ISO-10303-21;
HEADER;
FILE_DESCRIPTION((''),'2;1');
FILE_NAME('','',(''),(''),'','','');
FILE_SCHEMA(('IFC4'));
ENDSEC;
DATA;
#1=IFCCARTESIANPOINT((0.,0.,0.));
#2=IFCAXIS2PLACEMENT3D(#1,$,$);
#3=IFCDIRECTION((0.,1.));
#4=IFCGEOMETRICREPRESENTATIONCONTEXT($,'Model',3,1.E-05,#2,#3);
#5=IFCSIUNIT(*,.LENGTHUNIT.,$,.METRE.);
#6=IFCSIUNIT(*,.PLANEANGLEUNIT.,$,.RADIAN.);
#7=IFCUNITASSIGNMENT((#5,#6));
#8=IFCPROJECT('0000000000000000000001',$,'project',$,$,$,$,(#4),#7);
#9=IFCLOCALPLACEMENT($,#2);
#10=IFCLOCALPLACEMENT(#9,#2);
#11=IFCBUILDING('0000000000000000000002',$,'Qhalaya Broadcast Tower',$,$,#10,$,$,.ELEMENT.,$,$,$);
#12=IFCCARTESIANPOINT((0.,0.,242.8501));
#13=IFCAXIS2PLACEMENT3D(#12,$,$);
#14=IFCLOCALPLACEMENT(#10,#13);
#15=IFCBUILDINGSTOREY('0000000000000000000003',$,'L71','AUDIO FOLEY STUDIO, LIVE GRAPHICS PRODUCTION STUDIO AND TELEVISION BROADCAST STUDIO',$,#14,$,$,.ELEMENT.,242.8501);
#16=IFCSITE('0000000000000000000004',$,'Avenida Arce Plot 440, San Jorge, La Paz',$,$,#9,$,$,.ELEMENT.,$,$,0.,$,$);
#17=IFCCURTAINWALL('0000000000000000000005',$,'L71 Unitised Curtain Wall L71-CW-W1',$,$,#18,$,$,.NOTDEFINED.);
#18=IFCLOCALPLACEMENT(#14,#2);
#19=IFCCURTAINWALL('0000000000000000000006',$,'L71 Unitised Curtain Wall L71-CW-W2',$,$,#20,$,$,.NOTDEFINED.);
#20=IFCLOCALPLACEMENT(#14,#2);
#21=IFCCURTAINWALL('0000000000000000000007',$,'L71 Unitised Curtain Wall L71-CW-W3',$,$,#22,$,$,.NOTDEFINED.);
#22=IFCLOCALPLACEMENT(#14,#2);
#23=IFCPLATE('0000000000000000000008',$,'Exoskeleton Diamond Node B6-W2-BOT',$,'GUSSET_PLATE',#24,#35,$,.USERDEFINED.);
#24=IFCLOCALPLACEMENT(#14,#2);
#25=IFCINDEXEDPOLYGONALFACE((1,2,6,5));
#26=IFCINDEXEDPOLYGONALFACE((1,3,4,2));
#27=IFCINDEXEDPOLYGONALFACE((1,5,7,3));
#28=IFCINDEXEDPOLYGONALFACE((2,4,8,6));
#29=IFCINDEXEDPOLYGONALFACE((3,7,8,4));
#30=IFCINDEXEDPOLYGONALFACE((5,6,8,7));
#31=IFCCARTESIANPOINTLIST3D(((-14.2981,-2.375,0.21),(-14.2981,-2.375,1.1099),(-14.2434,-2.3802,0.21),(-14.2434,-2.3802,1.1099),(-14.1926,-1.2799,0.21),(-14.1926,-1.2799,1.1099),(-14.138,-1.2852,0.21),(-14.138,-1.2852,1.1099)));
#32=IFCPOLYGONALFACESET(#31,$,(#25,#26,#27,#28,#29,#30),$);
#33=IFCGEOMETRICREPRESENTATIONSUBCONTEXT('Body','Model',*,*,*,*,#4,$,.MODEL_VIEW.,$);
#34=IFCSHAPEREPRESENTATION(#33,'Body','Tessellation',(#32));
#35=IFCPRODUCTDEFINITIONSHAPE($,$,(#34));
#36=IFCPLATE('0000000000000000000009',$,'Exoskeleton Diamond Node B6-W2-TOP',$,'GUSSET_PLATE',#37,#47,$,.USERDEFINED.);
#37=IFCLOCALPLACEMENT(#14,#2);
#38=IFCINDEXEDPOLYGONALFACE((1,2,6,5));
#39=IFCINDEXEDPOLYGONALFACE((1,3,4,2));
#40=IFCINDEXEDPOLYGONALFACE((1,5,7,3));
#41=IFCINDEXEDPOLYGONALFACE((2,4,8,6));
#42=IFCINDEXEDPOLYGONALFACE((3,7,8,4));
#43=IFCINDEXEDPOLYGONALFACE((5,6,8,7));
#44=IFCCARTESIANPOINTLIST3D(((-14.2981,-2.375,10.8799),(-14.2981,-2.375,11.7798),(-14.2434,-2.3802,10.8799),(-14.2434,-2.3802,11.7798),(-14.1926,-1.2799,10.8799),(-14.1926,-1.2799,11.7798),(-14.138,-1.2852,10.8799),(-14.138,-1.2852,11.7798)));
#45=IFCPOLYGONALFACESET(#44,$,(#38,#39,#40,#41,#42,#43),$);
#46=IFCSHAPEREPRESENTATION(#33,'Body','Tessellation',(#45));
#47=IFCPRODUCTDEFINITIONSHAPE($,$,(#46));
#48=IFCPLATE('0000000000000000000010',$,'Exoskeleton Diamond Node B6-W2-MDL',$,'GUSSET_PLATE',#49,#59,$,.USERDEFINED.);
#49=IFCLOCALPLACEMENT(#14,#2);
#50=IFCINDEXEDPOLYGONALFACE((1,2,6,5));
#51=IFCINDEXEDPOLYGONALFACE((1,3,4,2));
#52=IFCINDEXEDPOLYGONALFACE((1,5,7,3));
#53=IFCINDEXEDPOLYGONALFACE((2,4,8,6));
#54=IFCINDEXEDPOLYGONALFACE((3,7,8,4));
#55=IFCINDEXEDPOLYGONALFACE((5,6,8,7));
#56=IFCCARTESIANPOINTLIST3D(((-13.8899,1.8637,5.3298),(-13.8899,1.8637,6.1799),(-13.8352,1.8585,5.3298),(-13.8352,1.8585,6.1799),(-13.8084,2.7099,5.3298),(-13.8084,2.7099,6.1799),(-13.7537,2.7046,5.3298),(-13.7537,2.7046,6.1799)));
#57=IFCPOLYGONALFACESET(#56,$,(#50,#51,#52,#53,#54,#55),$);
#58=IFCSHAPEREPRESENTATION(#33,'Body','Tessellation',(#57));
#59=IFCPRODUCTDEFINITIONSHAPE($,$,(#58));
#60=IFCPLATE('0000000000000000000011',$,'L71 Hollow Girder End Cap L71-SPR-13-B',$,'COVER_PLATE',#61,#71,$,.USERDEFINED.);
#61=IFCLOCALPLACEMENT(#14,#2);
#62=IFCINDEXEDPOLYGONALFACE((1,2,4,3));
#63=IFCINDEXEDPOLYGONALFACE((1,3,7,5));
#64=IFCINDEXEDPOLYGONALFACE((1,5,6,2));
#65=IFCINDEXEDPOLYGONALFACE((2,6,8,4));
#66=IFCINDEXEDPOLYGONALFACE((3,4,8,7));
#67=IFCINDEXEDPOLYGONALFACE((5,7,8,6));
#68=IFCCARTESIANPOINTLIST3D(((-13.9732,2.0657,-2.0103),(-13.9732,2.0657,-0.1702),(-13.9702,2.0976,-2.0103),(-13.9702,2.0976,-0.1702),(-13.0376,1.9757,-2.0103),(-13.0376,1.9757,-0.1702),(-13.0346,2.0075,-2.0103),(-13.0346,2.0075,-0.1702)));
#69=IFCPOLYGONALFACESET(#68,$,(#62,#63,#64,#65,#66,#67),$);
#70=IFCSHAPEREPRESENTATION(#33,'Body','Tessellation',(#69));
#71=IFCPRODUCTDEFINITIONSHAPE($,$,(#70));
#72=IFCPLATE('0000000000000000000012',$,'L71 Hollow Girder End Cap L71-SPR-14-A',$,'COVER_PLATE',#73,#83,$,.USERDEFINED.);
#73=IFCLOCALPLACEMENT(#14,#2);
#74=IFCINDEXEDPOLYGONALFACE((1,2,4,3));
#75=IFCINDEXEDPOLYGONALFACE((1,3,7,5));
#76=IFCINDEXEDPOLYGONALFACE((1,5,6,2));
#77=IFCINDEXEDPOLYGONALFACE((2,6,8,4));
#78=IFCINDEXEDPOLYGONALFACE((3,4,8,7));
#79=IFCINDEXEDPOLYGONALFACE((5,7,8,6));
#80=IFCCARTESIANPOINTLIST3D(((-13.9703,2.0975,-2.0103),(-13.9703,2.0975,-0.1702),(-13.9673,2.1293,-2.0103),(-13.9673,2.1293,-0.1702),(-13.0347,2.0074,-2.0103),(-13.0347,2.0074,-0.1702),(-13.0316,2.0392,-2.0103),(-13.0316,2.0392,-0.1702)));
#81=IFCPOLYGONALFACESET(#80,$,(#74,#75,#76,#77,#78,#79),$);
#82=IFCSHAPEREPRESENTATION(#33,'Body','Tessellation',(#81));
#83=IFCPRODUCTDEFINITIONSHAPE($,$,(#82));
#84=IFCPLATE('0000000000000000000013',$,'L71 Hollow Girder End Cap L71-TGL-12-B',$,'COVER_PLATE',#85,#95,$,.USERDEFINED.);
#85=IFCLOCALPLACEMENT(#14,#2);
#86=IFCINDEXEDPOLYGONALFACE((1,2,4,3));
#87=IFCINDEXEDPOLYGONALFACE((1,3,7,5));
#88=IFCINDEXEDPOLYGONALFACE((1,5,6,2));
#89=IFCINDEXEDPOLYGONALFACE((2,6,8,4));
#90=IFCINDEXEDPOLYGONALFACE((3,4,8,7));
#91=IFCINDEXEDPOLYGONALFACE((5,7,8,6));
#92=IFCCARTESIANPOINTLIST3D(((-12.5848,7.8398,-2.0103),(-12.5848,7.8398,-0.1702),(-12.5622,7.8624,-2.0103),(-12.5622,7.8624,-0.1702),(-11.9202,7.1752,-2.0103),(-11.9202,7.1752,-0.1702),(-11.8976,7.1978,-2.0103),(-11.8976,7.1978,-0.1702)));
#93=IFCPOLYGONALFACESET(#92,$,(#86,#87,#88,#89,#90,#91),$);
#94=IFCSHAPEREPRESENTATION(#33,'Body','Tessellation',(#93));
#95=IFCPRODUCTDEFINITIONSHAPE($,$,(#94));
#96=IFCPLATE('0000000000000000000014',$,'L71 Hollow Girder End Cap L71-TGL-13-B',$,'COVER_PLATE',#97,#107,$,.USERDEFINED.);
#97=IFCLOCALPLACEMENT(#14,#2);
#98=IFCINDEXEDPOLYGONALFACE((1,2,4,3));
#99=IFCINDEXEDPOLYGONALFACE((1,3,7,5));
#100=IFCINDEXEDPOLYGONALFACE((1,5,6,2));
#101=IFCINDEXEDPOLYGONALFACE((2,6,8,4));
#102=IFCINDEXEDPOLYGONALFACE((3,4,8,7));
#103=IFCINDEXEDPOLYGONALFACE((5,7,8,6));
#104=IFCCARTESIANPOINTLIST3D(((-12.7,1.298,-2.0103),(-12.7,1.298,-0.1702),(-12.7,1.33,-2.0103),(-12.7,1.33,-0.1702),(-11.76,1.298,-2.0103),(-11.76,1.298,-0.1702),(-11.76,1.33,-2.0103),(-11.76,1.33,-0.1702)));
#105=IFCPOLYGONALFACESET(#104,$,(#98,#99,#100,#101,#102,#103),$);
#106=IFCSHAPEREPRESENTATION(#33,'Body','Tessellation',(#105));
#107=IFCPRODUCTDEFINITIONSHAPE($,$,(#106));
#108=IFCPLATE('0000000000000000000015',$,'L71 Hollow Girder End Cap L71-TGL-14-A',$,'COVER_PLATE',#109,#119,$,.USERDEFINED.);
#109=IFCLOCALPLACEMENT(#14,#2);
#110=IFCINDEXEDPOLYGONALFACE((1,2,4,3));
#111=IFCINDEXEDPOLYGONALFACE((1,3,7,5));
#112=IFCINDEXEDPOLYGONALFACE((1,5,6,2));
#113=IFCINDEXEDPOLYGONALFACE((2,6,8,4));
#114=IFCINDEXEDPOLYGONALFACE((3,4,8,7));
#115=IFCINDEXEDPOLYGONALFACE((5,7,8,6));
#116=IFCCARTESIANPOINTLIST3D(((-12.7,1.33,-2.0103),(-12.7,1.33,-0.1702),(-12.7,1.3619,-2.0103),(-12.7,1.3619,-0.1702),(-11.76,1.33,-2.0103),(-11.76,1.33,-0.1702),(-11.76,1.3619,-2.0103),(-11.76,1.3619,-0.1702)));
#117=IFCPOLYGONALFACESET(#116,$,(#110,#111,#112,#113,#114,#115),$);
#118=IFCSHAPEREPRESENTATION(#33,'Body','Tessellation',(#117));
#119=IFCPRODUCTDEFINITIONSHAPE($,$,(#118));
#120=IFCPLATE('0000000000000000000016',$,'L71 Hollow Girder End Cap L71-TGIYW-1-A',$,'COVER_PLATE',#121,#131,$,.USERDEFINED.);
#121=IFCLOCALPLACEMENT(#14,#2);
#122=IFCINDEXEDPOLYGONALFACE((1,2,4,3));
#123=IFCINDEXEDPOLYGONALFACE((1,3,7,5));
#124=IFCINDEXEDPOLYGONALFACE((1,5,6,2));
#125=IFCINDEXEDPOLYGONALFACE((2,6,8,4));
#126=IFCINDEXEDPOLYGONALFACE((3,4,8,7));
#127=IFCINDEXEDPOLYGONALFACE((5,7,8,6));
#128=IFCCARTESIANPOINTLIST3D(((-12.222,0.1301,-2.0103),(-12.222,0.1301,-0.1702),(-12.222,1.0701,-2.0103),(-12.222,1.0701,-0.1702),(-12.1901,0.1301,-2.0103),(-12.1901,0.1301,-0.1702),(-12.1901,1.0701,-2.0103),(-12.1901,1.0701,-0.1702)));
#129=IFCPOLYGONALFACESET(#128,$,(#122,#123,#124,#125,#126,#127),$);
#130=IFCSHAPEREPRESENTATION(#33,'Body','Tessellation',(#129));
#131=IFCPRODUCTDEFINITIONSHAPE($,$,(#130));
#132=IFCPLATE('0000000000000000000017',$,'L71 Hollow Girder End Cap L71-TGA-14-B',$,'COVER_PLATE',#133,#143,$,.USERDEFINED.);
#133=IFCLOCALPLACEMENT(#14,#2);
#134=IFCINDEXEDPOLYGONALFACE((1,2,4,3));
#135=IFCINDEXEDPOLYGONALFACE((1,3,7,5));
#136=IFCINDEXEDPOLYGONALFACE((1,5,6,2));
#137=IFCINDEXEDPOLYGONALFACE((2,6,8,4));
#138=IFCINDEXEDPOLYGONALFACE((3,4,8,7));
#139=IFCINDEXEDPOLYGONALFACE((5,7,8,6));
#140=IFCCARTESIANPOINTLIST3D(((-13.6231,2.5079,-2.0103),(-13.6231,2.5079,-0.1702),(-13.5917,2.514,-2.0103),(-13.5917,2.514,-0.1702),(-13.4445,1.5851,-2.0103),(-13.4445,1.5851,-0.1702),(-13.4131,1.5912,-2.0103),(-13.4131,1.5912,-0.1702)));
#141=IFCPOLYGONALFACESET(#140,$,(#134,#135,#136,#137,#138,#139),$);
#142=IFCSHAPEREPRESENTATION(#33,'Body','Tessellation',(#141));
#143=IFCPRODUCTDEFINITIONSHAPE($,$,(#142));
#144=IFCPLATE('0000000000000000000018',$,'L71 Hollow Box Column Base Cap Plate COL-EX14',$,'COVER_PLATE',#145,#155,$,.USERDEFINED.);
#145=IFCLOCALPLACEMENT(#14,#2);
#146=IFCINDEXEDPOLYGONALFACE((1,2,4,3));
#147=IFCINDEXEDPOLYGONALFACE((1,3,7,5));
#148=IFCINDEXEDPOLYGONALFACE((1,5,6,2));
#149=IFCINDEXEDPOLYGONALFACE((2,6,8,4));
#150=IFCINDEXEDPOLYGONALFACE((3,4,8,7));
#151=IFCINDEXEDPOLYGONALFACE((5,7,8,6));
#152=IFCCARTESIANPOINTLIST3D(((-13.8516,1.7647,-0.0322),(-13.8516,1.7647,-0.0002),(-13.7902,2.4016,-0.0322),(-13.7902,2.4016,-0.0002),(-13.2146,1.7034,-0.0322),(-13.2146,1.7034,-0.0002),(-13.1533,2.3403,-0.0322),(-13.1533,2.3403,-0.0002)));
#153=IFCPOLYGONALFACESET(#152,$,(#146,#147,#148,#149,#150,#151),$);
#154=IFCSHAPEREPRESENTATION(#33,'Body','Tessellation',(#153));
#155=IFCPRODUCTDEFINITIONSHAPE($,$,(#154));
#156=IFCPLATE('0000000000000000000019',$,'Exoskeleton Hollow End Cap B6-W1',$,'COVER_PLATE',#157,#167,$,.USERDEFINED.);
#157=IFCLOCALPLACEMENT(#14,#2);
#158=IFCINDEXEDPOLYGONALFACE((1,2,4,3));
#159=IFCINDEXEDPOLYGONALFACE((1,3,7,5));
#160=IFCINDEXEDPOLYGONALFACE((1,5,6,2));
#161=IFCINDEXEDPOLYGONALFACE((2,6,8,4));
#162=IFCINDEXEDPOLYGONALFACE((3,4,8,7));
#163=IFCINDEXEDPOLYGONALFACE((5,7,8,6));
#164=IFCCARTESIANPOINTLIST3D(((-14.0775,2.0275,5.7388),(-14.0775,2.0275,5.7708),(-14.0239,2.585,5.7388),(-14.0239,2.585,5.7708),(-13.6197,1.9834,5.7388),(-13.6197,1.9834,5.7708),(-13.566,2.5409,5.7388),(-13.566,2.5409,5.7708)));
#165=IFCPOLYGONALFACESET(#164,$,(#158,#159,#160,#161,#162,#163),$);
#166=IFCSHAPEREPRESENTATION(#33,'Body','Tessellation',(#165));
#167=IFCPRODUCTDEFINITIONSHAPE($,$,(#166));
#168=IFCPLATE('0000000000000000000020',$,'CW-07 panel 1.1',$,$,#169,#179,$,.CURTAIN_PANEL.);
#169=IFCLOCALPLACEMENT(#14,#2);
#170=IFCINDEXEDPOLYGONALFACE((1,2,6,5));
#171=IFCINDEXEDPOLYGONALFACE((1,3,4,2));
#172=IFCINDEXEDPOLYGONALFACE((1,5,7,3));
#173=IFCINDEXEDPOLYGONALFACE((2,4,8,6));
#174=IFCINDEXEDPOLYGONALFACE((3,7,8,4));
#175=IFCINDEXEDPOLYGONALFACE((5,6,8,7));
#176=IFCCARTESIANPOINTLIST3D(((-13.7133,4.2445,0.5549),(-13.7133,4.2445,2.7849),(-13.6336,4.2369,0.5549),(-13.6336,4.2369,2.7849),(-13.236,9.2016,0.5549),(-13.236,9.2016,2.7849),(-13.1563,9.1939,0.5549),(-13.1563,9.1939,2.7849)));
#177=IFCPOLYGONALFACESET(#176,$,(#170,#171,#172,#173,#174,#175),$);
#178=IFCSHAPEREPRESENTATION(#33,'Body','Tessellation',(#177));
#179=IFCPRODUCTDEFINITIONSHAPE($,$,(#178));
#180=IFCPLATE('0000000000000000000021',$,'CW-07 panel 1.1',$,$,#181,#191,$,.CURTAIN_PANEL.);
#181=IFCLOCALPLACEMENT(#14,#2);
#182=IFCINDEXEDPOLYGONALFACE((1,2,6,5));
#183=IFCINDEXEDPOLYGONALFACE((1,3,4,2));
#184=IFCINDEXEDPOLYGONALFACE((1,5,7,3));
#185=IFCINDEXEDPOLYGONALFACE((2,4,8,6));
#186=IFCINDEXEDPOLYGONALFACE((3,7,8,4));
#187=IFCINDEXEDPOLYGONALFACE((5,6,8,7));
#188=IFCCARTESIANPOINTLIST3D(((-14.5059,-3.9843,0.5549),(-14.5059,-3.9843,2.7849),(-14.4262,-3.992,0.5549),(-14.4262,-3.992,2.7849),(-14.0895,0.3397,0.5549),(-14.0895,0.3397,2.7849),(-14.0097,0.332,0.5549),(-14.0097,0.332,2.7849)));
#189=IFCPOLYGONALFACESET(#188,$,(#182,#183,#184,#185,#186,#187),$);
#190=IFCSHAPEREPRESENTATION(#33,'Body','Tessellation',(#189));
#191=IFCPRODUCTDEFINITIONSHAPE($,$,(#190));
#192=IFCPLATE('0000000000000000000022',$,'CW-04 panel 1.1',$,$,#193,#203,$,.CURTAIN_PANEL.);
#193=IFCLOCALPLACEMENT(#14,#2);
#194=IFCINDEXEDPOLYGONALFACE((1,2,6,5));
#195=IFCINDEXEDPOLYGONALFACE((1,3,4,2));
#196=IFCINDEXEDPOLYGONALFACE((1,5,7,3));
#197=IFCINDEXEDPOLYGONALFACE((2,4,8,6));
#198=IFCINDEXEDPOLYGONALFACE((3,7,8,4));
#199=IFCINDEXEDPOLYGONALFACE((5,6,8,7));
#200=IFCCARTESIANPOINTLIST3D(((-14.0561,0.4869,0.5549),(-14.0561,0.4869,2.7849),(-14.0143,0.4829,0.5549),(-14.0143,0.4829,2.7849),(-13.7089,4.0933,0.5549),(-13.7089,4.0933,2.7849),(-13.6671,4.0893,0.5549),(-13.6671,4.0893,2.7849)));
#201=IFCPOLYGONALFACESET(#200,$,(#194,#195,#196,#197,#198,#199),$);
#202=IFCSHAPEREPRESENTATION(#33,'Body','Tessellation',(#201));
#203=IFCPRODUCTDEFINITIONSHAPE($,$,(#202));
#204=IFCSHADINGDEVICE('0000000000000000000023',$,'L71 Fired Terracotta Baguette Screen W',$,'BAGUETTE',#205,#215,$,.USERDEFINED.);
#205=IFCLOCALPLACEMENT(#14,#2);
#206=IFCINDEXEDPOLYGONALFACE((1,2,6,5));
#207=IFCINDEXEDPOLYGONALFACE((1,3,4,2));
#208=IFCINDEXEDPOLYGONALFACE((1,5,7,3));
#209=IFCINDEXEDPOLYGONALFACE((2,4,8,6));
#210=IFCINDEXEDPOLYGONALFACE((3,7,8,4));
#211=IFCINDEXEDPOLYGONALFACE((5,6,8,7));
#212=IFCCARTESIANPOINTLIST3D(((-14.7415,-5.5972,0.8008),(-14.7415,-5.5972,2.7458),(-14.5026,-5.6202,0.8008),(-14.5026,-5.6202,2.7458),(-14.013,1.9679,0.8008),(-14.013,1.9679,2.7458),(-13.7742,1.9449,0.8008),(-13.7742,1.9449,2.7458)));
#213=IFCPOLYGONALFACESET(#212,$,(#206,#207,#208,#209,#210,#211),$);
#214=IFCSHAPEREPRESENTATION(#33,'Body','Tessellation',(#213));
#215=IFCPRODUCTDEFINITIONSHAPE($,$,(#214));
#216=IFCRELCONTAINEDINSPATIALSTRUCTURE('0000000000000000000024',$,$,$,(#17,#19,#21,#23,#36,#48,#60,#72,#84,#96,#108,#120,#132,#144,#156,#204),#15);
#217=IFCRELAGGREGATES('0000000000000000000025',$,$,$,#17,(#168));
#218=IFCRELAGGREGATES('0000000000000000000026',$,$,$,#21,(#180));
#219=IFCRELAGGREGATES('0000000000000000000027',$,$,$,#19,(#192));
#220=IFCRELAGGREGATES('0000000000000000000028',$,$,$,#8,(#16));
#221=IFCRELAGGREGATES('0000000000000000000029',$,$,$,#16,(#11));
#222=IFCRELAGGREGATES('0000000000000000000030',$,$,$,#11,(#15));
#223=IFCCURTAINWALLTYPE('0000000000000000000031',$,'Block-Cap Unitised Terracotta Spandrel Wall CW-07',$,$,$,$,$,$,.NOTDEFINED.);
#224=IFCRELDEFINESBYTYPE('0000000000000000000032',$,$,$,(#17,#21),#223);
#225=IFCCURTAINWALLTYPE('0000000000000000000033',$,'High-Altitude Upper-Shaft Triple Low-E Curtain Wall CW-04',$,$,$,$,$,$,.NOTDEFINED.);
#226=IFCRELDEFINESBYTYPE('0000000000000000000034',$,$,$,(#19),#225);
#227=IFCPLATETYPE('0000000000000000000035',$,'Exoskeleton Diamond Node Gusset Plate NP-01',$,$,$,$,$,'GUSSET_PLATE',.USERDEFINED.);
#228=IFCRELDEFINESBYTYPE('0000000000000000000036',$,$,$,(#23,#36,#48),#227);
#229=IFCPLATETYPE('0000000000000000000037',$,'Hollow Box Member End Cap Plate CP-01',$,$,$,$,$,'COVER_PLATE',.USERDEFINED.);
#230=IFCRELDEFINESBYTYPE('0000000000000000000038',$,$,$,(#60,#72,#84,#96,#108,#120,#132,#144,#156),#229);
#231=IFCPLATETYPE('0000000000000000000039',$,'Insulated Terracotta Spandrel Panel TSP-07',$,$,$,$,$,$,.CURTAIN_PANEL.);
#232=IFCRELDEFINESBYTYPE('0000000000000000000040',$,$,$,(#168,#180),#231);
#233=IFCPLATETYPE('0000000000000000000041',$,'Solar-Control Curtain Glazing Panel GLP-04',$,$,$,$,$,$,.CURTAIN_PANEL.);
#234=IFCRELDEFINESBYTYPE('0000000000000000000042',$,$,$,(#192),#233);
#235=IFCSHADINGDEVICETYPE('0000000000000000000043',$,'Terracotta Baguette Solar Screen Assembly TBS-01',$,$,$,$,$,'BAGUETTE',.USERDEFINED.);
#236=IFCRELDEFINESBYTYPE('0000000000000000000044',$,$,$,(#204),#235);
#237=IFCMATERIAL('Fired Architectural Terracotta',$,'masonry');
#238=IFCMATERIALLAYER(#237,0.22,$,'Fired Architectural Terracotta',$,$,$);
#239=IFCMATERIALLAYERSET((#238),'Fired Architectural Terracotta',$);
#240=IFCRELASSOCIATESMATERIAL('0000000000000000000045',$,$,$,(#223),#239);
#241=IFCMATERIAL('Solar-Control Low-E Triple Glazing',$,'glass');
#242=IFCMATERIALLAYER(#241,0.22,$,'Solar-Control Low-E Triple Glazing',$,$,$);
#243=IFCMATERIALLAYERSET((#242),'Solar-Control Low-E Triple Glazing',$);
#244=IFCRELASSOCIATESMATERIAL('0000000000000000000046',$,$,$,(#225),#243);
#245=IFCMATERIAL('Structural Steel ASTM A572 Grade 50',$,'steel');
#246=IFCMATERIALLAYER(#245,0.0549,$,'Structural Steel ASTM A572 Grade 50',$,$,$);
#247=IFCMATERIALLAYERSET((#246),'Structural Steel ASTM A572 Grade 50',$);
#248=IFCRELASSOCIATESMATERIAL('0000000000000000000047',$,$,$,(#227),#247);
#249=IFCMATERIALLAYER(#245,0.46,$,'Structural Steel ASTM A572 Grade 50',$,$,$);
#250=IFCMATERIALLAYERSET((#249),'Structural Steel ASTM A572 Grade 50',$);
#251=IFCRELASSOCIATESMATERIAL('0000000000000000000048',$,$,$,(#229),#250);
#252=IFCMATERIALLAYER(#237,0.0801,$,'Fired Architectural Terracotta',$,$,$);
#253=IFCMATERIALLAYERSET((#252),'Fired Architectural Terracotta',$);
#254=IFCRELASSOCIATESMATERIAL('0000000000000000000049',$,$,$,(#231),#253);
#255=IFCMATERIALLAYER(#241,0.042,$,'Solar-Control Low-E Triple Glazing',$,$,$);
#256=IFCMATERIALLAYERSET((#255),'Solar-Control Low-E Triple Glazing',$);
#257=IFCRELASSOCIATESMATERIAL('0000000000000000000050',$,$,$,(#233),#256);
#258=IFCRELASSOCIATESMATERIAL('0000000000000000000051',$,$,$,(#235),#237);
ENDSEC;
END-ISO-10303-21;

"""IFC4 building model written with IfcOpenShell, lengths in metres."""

from ifc_helpers import new_model, si_unit, direction, frame, origin, origin_2d, place, context, subcontext, project, spatial, rectangle, extrude, material, layer, layer_set, type_object, element, aggregate, save


model = new_model("IFC4")

# Units and contexts
model_context = context("Model", 3, precision=1e-05, world=origin(), true_north=direction((0.0, 1.0)))
body_context = subcontext(model_context, "Body", "Model", "MODEL_VIEW")
ifc_project = project(units=[si_unit("LENGTHUNIT", "METRE"), si_unit("PLANEANGLEUNIT", "RADIAN")], contexts=[model_context])

# Site, building, storey
site_placement = place(None, origin())
site = spatial("IfcSite", under=ifc_project, at=site_placement, Name="Avenida Arce Plot 440, San Jorge, La Paz", CompositionType="ELEMENT", RefElevation=0.0)
building_placement = place(site_placement, origin())
building = spatial("IfcBuilding", under=site, at=building_placement, Name="Qhalaya Broadcast Tower", CompositionType="ELEMENT")
storey_placement = place(building_placement, frame((0.0, 0.0, 242.8501)))
storey = spatial("IfcBuildingStorey", under=building, at=storey_placement, Name="L71", Description="AUDIO FOLEY STUDIO, LIVE GRAPHICS PRODUCTION STUDIO AND TELEVISION BROADCAST STUDIO", CompositionType="ELEMENT", Elevation=242.8501)

# Shared definitions
ifc_material_1 = material(Name="Structural Steel ASTM A572 Grade 50", Category="steel")

# Curtain wall
ifc_material_2 = material(Name="Fired Architectural Terracotta", Category="masonry")
ifc_layer_1 = layer(ifc_material_2, 0.22, Name="Fired Architectural Terracotta")
ifc_layer_set_1 = layer_set([ifc_layer_1], Name="Fired Architectural Terracotta")
curtain_wall_type_1 = type_object("IfcCurtainWallType", Name="Block-Cap Unitised Terracotta Spandrel Wall CW-07", PredefinedType="NOTDEFINED", material=ifc_layer_set_1)
curtain_wall_1_placement = place(storey_placement, origin())
curtain_wall_1 = element("IfcCurtainWall", 1, at=curtain_wall_1_placement, inside=storey, type_object=curtain_wall_type_1, Name="L71 Unitised Curtain Wall L71-CW-W1", PredefinedType="NOTDEFINED")

# Curtain wall
ifc_material_3 = material(Name="Solar-Control Low-E Triple Glazing", Category="glass")
ifc_layer_2 = layer(ifc_material_3, 0.22, Name="Solar-Control Low-E Triple Glazing")
ifc_layer_set_2 = layer_set([ifc_layer_2], Name="Solar-Control Low-E Triple Glazing")
curtain_wall_type_2 = type_object("IfcCurtainWallType", Name="High-Altitude Upper-Shaft Triple Low-E Curtain Wall CW-04", PredefinedType="NOTDEFINED", material=ifc_layer_set_2)
curtain_wall_2_placement = place(storey_placement, origin())
curtain_wall_2 = element("IfcCurtainWall", 2, at=curtain_wall_2_placement, inside=storey, type_object=curtain_wall_type_2, Name="L71 Unitised Curtain Wall L71-CW-W2", PredefinedType="NOTDEFINED")

# Curtain wall
curtain_wall_3_placement = place(storey_placement, origin())
curtain_wall_3 = element("IfcCurtainWall", 3, at=curtain_wall_3_placement, inside=storey, type_object=curtain_wall_type_1, Name="L71 Unitised Curtain Wall L71-CW-W3", PredefinedType="NOTDEFINED")

# Plates
ifc_layer_3 = layer(ifc_material_1, 0.0549, Name="Structural Steel ASTM A572 Grade 50")
ifc_layer_set_3 = layer_set([ifc_layer_3], Name="Structural Steel ASTM A572 Grade 50")
plate_type_1 = type_object("IfcPlateType", Name="Exoskeleton Diamond Node Gusset Plate NP-01", ElementType="GUSSET_PLATE", PredefinedType="USERDEFINED", material=ifc_layer_set_3)
for number, where, z_axis, x_axis, name in (
    (4, (-14.218, -1.8301, 0.21), (0.0, 0.0, 1.0), (0.095846, 0.995396, 0.0), "Exoskeleton Diamond Node B6-W2-BOT"),
    (5, (-14.218, -1.8301, 10.8799), (0.0, 0.0, 1.0), (0.095846, 0.995396, 0.0), "Exoskeleton Diamond Node B6-W2-TOP"),
):
    element("IfcPlate", number, at=place(storey_placement, frame(where, z_axis=z_axis, x_axis=x_axis)), inside=storey, type_object=plate_type_1, Name=name, ObjectType="GUSSET_PLATE", PredefinedType="USERDEFINED", context=body_context, shape_type="SweptSolid", body=[
        extrude(rectangle(XDim=1.1001, YDim=0.0549, at=origin_2d()), origin(), (0.0, 0.0, 1.0), 0.8999),
    ])
plate_1_placement = place(storey_placement, frame((-13.8218, 2.2842, 5.3298), z_axis=(0.0, 0.0, 1.0), x_axis=(0.095846, 0.995396, 0.0)))
element("IfcPlate", 6, at=plate_1_placement, inside=storey, type_object=plate_type_1, Name="Exoskeleton Diamond Node B6-W2-MDL", ObjectType="GUSSET_PLATE", PredefinedType="USERDEFINED", context=body_context, shape_type="SweptSolid", body=[
    extrude(rectangle(XDim=0.8501, YDim=0.0549, at=origin_2d()), origin(), (0.0, 0.0, 1.0), 0.8501),
])
ifc_layer_4 = layer(ifc_material_1, 0.46, Name="Structural Steel ASTM A572 Grade 50")
ifc_layer_set_4 = layer_set([ifc_layer_4], Name="Structural Steel ASTM A572 Grade 50")
plate_type_2 = type_object("IfcPlateType", Name="Hollow Box Member End Cap Plate CP-01", ElementType="COVER_PLATE", PredefinedType="USERDEFINED", material=ifc_layer_set_4)
for number, where, z_axis, x_axis, name in (
    (7, (-13.5039, 2.0366, -2.0103), (0.0, 0.0, 1.0), (0.995398, -0.095828, 0.0), "L71 Hollow Girder End Cap L71-SPR-13-B"),
    (8, (-13.501, 2.0684, -2.0103), (0.0, 0.0, 1.0), (0.995396, -0.095846, 0.0), "L71 Hollow Girder End Cap L71-SPR-14-A"),
    (9, (-12.2412, 7.5188, -2.0103), (0.0, 0.0, 1.0), (0.707107, -0.707107, 0.0), "L71 Hollow Girder End Cap L71-TGL-12-B"),
    (10, (-12.23, 1.314, -2.0103), (0.0, 0.0, 1.0), (1.0, 0.0, 0.0), "L71 Hollow Girder End Cap L71-TGL-13-B"),
    (11, (-12.23, 1.3459, -2.0103), (0.0, 0.0, 1.0), (1.0, 0.0, 0.0), "L71 Hollow Girder End Cap L71-TGL-14-A"),
    (12, (-12.2061, 0.6001, -2.0103), (0.0, 0.0, 1.0), (0.0, 1.0, 0.0), "L71 Hollow Girder End Cap L71-TGIYW-1-A"),
    (13, (-13.5181, 2.0496, -2.0103), (0.0, 0.0, 1.0), (0.190038, -0.981777, 0.0), "L71 Hollow Girder End Cap L71-TGA-14-B"),
):
    element("IfcPlate", number, at=place(storey_placement, frame(where, z_axis=z_axis, x_axis=x_axis)), inside=storey, type_object=plate_type_2, Name=name, ObjectType="COVER_PLATE", PredefinedType="USERDEFINED", context=body_context, shape_type="SweptSolid", body=[
        extrude(rectangle(XDim=0.9399, YDim=0.032, at=origin_2d()), origin(), (0.0, 0.0, 1.0), 1.8401),
    ])
plate_2_placement = place(storey_placement, frame((-13.5024, 2.0525, -0.0322), z_axis=(0.0, 0.0, 1.0), x_axis=(0.095846, 0.995396, 0.0)))
element("IfcPlate", 14, at=plate_2_placement, inside=storey, type_object=plate_type_2, Name="L71 Hollow Box Column Base Cap Plate COL-EX14", ObjectType="COVER_PLATE", PredefinedType="USERDEFINED", context=body_context, shape_type="SweptSolid", body=[
    extrude(rectangle(XDim=0.6399, YDim=0.6399, at=origin_2d()), origin(), (0.0, 0.0, 1.0), 0.032),
])
plate_3_placement = place(storey_placement, frame((-13.8218, 2.2842, 5.7388), z_axis=(0.0, 0.0, 1.0), x_axis=(0.095846, 0.995396, 0.0)))
element("IfcPlate", 15, at=plate_3_placement, inside=storey, type_object=plate_type_2, Name="Exoskeleton Hollow End Cap B6-W1", ObjectType="COVER_PLATE", PredefinedType="USERDEFINED", context=body_context, shape_type="SweptSolid", body=[
    extrude(rectangle(XDim=0.5601, YDim=0.46, at=origin_2d()), origin(), (0.0, 0.0, 1.0), 0.032),
])

# Plates
ifc_layer_5 = layer(ifc_material_2, 0.0801, Name="Fired Architectural Terracotta")
ifc_layer_set_5 = layer_set([ifc_layer_5], Name="Fired Architectural Terracotta")
plate_type_3 = type_object("IfcPlateType", Name="Insulated Terracotta Spandrel Panel TSP-07", PredefinedType="CURTAIN_PANEL", material=ifc_layer_set_5)
plate_4_placement = place(storey_placement, frame((-13.4348, 6.7192, 0.5549), z_axis=(0.0, 0.0, 1.0), x_axis=(-0.095848, -0.995396, 0.0)))
plate_4 = element("IfcPlate", 16, at=plate_4_placement, type_object=plate_type_3, Name="CW-07 panel 1.1", PredefinedType="CURTAIN_PANEL", context=body_context, shape_type="SweptSolid", body=[
    extrude(rectangle(XDim=4.98, YDim=0.0801, at=origin_2d()), origin(), (0.0, 0.0, 1.0), 2.23),
])
aggregate(curtain_wall_1, [plate_4])
plate_5_placement = place(storey_placement, frame((-14.2578, -1.8262, 0.5549), z_axis=(0.0, 0.0, 1.0), x_axis=(-0.095861, -0.995395, 0.0)))
plate_5 = element("IfcPlate", 17, at=plate_5_placement, type_object=plate_type_3, Name="CW-07 panel 1.1", PredefinedType="CURTAIN_PANEL", context=body_context, shape_type="SweptSolid", body=[
    extrude(rectangle(XDim=4.344, YDim=0.0801, at=origin_2d()), origin(), (0.0, 0.0, 1.0), 2.23),
])
aggregate(curtain_wall_3, [plate_5])
ifc_layer_6 = layer(ifc_material_3, 0.042, Name="Solar-Control Low-E Triple Glazing")
ifc_layer_set_6 = layer_set([ifc_layer_6], Name="Solar-Control Low-E Triple Glazing")
plate_type_4 = type_object("IfcPlateType", Name="Solar-Control Curtain Glazing Panel GLP-04", PredefinedType="CURTAIN_PANEL", material=ifc_layer_set_6)
plate_6_placement = place(storey_placement, frame((-13.8616, 2.2881, 0.5549), z_axis=(0.0, 0.0, 1.0), x_axis=(-0.09584, -0.995397, 0.0)))
plate_6 = element("IfcPlate", 18, at=plate_6_placement, type_object=plate_type_4, Name="CW-04 panel 1.1", PredefinedType="CURTAIN_PANEL", context=body_context, shape_type="SweptSolid", body=[
    extrude(rectangle(XDim=3.623, YDim=0.042, at=origin_2d()), origin(), (0.0, 0.0, 1.0), 2.23),
])
aggregate(curtain_wall_2, [plate_6])

# Shading device
shading_device_type = type_object("IfcShadingDeviceType", Name="Terracotta Baguette Solar Screen Assembly TBS-01", ElementType="BAGUETTE", PredefinedType="USERDEFINED", material=ifc_material_2)
shading_device_placement = place(storey_placement, frame((-14.2578, -1.8262, 0.8008), z_axis=(0.0, 0.0, 1.0), x_axis=(-0.095846, -0.995396, 0.0)))
element("IfcShadingDevice", 19, at=shading_device_placement, inside=storey, type_object=shading_device_type, Name="L71 Fired Terracotta Baguette Screen W", ObjectType="BAGUETTE", PredefinedType="USERDEFINED", context=body_context, shape_type="SweptSolid", body=[
    extrude(rectangle(XDim=7.6001, YDim=0.24, at=origin_2d()), origin(), (0.0, 0.0, 1.0), 1.9451),
])

save(model, "model.ifc")
